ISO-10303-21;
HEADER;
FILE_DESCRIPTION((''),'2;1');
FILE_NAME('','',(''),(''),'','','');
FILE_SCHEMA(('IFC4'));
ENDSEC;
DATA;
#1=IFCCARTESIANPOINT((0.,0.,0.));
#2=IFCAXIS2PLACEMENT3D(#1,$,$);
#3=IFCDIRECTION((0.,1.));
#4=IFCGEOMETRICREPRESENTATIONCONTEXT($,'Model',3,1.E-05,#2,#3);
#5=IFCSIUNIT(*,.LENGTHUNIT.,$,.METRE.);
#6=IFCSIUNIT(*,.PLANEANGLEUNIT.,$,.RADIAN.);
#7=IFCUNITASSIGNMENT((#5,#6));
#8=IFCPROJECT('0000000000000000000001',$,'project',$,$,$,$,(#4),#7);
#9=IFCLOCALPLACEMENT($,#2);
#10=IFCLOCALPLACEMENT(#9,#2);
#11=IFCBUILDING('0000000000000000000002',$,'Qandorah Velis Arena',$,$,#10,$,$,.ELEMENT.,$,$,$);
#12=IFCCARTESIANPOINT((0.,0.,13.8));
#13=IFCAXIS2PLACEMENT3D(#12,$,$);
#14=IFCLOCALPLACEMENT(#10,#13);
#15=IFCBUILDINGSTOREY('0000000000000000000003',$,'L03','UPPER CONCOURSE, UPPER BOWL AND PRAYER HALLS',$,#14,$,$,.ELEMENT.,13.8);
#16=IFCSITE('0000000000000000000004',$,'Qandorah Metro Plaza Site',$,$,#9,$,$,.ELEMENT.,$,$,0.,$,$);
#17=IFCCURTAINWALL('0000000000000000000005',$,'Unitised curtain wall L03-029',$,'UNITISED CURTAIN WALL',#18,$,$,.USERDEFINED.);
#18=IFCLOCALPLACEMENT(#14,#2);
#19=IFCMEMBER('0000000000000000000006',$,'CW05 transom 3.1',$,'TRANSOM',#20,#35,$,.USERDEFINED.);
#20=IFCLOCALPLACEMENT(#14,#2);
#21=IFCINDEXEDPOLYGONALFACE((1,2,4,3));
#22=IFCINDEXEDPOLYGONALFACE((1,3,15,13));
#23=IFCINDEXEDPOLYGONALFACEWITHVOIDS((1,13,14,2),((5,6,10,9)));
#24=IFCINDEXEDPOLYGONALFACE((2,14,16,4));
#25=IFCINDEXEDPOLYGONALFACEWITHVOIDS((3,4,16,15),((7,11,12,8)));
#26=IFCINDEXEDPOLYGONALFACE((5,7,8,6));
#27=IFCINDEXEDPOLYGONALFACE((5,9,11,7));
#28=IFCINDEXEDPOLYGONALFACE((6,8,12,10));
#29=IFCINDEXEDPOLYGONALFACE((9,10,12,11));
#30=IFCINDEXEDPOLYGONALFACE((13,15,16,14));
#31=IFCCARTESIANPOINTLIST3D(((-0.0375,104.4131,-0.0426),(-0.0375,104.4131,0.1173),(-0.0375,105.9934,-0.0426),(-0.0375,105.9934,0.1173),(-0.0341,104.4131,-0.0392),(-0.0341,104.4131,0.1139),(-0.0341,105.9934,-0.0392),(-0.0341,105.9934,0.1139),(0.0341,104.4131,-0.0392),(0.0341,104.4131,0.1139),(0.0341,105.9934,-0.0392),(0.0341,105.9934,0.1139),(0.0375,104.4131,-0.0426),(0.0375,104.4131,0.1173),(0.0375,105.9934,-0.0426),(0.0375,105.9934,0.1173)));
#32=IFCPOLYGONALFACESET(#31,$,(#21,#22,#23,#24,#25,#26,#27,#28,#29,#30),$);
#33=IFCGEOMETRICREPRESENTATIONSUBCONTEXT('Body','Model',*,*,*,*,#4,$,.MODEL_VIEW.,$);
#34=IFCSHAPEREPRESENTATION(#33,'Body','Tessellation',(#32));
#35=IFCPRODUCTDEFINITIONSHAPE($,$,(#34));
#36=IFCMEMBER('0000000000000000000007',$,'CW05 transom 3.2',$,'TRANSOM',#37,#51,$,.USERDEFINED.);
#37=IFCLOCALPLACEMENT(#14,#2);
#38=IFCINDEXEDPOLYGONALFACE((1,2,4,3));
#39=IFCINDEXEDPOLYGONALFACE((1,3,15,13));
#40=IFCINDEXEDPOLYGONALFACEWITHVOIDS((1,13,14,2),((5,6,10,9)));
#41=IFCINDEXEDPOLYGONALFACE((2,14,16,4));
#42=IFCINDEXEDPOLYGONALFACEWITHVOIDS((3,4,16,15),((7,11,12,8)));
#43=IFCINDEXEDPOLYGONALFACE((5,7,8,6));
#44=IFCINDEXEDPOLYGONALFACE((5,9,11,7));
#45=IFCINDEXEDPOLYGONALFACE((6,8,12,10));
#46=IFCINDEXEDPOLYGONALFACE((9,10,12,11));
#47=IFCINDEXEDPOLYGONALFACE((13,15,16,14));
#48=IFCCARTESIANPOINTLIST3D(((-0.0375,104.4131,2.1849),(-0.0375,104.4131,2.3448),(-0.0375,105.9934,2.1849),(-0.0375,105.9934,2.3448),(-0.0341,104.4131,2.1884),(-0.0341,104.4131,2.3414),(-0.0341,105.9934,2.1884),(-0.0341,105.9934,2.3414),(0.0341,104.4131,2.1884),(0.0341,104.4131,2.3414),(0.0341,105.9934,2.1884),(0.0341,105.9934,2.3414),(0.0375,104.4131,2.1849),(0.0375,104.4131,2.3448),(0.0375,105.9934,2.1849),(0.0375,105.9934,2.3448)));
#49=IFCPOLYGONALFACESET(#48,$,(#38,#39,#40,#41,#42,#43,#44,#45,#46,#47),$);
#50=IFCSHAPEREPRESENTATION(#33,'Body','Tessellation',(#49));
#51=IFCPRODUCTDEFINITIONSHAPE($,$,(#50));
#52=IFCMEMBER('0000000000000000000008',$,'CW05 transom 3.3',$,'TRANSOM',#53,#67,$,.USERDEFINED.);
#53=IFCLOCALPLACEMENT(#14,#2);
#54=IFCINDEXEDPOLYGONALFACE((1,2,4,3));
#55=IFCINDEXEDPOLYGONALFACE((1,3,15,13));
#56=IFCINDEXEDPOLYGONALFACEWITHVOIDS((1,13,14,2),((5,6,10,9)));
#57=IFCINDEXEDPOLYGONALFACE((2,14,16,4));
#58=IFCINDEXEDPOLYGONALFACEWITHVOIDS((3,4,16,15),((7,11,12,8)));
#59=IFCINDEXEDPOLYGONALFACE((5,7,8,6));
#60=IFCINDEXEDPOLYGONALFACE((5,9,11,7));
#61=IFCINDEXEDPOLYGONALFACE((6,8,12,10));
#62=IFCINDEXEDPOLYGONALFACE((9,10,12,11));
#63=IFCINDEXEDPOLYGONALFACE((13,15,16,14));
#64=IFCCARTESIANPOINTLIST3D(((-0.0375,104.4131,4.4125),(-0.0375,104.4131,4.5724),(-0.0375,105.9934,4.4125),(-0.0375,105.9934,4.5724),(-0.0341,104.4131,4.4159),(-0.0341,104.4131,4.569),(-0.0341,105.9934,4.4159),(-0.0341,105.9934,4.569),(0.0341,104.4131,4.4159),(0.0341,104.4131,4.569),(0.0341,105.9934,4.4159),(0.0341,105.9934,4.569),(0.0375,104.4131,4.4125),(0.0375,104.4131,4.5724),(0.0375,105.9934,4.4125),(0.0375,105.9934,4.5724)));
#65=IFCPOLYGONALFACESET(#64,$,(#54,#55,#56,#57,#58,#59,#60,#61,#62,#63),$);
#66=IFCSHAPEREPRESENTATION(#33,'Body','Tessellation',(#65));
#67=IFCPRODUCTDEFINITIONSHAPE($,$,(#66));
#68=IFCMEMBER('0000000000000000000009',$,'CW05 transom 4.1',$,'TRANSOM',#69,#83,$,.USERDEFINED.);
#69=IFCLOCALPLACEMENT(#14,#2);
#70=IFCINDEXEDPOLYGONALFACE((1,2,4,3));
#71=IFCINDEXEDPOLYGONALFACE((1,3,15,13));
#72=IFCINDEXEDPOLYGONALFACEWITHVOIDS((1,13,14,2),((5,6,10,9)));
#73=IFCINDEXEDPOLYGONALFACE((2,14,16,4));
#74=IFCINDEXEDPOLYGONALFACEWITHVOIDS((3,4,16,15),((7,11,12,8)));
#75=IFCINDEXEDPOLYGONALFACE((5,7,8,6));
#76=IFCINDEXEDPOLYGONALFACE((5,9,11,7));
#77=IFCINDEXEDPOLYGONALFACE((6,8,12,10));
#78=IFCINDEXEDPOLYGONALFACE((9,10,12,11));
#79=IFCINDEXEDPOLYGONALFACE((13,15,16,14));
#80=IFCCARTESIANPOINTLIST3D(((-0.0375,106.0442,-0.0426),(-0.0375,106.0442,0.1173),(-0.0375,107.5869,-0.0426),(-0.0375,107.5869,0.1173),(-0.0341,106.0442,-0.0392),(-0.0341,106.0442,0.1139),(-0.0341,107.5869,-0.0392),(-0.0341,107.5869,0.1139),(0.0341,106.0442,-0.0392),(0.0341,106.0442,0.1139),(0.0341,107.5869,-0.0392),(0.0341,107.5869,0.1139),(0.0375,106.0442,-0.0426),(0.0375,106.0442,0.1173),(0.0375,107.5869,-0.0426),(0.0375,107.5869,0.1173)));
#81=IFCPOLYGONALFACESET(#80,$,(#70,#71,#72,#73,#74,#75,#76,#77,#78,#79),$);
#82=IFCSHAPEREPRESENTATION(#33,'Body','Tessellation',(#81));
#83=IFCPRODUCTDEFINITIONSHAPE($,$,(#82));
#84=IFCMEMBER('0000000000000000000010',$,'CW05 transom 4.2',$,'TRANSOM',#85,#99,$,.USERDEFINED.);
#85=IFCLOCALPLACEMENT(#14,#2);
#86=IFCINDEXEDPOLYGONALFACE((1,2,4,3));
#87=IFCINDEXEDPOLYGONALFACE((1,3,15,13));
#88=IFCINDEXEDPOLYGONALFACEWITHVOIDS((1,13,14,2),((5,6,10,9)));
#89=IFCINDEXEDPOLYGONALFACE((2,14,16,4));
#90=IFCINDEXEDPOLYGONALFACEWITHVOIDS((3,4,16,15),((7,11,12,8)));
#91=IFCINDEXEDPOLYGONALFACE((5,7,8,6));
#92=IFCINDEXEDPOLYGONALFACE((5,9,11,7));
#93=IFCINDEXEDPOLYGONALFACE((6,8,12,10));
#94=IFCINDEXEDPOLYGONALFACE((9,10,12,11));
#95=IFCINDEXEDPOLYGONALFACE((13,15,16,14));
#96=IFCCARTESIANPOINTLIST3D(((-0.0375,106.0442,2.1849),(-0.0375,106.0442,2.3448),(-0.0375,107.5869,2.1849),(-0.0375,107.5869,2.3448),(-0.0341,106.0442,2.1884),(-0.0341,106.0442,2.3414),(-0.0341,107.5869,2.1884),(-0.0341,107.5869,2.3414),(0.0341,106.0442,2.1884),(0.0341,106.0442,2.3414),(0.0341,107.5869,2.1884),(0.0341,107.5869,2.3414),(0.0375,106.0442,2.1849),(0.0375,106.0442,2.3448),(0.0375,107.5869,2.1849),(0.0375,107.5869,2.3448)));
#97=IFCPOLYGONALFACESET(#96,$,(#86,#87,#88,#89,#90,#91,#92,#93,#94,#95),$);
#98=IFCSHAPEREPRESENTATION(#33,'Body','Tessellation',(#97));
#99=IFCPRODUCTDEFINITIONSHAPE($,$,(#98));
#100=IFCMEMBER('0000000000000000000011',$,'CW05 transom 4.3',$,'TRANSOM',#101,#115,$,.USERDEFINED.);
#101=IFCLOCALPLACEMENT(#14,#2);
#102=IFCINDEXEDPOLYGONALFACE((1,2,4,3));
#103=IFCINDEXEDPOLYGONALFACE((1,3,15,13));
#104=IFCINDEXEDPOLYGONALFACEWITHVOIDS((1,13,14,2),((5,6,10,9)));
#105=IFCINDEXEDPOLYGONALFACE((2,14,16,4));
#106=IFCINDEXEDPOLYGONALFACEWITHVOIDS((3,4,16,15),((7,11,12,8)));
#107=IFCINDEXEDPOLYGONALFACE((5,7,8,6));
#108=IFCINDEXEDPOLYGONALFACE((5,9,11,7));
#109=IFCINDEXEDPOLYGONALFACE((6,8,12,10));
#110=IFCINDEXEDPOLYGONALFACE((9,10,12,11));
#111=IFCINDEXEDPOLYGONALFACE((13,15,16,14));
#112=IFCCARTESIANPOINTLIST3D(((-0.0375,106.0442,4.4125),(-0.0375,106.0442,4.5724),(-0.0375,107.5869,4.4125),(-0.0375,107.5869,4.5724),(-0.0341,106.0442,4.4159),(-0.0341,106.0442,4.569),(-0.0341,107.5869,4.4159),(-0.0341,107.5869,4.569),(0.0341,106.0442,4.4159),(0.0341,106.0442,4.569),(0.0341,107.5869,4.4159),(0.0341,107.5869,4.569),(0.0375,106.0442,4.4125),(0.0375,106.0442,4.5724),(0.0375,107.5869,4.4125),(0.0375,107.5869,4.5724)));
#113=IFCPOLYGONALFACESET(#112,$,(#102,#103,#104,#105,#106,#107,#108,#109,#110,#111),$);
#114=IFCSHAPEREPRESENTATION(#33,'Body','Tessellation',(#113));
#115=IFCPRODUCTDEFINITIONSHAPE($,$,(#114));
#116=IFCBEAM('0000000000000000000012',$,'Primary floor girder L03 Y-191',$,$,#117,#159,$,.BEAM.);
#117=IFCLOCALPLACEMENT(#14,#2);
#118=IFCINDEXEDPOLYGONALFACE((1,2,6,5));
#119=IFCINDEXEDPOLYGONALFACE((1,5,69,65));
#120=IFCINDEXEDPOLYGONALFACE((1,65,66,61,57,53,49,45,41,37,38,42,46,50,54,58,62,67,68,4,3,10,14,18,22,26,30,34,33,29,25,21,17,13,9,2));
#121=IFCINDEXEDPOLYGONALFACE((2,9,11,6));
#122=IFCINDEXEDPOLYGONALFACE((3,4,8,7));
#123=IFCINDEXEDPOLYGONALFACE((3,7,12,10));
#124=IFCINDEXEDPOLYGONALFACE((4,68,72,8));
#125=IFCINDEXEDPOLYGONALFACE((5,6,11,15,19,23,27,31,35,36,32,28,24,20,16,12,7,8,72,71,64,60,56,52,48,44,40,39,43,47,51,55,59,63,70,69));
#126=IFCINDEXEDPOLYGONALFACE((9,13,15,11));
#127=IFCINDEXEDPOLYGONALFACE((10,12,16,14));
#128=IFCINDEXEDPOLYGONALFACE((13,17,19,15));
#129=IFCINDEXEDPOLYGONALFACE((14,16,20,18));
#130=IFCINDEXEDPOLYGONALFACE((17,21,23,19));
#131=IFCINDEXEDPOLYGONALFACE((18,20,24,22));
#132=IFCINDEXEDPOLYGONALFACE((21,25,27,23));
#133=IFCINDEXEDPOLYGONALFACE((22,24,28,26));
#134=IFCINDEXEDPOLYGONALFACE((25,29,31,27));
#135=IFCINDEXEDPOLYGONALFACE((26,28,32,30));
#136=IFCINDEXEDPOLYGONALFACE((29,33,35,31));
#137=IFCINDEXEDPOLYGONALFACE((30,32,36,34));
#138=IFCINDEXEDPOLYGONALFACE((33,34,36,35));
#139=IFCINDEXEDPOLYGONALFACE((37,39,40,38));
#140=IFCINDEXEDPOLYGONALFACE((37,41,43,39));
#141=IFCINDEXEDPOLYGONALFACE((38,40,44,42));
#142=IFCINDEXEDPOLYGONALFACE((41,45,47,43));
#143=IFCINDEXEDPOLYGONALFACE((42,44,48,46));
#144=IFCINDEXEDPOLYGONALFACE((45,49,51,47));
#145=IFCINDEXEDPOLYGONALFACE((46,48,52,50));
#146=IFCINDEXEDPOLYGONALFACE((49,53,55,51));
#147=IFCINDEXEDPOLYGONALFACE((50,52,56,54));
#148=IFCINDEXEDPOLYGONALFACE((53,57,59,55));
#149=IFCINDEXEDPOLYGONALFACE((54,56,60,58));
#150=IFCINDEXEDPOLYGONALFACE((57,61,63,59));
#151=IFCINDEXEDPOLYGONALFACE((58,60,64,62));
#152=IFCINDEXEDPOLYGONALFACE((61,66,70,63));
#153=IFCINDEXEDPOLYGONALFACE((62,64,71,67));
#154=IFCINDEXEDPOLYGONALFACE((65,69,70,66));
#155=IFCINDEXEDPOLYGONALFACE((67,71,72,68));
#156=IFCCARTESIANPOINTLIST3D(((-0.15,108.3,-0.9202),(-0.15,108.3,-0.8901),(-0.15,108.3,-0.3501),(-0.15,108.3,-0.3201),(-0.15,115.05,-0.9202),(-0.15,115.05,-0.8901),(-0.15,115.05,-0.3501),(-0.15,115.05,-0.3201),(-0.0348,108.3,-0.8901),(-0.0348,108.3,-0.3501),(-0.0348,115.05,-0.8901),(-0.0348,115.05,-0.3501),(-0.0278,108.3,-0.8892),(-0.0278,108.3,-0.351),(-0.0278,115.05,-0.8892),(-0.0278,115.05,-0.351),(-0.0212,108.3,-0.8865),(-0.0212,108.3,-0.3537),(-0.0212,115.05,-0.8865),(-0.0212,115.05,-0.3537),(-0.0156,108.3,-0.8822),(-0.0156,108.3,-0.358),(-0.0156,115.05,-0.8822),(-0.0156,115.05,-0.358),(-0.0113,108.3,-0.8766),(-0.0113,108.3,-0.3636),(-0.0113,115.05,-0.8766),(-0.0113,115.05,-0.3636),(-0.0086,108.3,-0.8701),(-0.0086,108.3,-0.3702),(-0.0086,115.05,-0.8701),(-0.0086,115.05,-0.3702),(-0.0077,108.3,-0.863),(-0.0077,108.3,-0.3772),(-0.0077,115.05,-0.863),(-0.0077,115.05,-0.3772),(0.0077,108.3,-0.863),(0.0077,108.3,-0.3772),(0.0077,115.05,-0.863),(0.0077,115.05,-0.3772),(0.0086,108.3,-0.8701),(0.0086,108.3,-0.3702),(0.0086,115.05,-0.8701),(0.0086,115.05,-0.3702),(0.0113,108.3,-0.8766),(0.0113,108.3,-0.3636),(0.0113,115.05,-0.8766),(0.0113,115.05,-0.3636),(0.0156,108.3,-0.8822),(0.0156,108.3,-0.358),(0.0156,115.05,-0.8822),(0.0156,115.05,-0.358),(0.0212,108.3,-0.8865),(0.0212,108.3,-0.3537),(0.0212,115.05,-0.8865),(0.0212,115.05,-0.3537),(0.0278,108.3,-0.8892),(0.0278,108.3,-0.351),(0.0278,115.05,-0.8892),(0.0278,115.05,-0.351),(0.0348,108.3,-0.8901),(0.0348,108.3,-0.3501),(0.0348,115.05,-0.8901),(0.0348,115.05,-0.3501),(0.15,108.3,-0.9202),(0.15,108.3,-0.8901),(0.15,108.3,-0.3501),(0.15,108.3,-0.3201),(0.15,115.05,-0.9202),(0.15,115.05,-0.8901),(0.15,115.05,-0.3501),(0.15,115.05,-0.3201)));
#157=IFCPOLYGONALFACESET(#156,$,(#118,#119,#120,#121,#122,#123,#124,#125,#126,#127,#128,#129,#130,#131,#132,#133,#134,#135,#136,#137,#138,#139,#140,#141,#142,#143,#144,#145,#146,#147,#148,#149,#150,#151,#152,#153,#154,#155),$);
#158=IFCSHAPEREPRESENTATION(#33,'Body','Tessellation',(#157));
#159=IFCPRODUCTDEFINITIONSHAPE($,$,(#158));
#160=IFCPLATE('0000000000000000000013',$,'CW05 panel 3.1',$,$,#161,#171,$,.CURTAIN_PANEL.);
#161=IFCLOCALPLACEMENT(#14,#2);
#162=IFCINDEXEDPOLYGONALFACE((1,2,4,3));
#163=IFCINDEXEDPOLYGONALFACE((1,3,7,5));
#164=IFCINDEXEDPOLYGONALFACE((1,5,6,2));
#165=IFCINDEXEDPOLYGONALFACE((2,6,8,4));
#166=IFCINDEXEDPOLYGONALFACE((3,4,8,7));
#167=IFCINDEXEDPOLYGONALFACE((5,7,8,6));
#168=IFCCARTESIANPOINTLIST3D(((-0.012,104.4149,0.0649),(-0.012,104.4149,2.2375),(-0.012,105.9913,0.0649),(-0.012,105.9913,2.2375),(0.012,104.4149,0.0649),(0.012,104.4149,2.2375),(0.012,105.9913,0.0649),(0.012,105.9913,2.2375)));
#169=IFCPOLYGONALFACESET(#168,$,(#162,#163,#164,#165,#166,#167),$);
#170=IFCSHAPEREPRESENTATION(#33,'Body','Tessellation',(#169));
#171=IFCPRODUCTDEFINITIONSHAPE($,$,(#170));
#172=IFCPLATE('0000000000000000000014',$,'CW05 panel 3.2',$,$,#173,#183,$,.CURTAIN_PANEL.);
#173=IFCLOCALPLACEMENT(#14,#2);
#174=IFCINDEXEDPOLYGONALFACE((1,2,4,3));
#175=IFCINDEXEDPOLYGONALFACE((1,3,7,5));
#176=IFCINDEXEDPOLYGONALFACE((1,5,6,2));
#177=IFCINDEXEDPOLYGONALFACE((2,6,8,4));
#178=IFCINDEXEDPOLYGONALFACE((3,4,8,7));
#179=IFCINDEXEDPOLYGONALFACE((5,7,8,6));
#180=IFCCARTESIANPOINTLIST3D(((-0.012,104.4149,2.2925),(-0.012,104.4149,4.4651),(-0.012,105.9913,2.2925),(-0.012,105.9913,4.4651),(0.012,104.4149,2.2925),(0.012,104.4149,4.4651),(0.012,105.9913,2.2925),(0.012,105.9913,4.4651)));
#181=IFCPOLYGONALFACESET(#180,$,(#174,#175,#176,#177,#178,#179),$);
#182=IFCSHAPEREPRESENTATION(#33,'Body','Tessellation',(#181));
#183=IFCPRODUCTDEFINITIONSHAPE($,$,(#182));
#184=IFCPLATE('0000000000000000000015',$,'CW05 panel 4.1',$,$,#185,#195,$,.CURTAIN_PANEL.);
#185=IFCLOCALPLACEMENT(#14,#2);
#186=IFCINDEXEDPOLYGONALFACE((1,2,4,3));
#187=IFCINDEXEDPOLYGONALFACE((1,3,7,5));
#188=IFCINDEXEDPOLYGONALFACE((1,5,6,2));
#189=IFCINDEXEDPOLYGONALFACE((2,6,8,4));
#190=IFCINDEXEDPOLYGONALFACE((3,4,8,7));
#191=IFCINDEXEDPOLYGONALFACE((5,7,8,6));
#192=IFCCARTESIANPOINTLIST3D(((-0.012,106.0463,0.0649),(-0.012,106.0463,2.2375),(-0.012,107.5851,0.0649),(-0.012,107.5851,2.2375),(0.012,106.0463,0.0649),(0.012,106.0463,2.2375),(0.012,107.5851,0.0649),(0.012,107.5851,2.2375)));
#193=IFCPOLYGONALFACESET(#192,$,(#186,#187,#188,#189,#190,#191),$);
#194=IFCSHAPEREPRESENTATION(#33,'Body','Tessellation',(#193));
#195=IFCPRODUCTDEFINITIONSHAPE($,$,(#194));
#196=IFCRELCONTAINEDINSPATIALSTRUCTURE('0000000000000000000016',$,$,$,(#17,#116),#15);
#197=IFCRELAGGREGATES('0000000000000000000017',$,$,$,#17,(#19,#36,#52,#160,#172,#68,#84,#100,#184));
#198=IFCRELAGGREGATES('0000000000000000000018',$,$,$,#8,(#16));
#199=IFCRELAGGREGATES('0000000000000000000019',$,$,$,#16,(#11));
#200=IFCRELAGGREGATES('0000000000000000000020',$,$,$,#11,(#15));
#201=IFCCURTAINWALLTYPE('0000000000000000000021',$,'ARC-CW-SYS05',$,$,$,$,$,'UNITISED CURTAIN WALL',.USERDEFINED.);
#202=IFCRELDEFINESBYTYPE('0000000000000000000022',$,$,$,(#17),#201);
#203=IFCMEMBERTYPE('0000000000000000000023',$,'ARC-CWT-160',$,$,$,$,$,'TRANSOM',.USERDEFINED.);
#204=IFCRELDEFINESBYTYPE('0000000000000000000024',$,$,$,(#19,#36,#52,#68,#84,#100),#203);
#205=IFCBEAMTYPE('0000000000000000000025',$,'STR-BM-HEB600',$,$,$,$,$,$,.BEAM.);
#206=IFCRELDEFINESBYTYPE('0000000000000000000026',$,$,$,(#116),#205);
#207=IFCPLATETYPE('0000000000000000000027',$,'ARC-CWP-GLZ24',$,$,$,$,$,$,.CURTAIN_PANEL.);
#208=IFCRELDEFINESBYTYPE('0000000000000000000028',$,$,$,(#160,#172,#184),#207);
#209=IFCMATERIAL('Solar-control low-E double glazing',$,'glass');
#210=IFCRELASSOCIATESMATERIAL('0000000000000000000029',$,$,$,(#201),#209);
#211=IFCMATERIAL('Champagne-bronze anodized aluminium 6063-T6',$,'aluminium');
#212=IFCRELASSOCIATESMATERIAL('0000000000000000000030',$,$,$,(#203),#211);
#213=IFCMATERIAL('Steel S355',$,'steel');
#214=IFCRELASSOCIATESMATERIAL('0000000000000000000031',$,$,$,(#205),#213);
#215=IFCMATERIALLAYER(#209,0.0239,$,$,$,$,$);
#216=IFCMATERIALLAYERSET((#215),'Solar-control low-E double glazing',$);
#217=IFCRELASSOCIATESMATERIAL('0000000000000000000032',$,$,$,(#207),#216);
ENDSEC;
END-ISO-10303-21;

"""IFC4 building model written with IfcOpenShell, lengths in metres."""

from ifc_helpers import new_model, si_unit, direction, frame, origin, origin_2d, place, context, subcontext, project, spatial, rectangle, hollow_rectangle, i_section, extrude, material, layer, layer_set, material_profile, profile_set, type_object, element, aggregate, save


model = new_model("IFC4")

# Units and contexts
model_context = context("Model", 3, precision=1e-05, world=origin(), true_north=direction((0.0, 1.0)))
body_context = subcontext(model_context, "Body", "Model", "MODEL_VIEW")
ifc_project = project(units=[si_unit("LENGTHUNIT", "METRE"), si_unit("PLANEANGLEUNIT", "RADIAN")], contexts=[model_context])

# Site, building, storey
site_placement = place(None, origin())
site = spatial("IfcSite", under=ifc_project, at=site_placement, Name="Qandorah Metro Plaza Site", CompositionType="ELEMENT", RefElevation=0.0)
building_placement = place(site_placement, origin())
building = spatial("IfcBuilding", under=site, at=building_placement, Name="Qandorah Velis Arena", CompositionType="ELEMENT")
storey_placement = place(building_placement, frame((0.0, 0.0, 13.8)))
storey = spatial("IfcBuildingStorey", under=building, at=storey_placement, Name="L03", Description="UPPER CONCOURSE, UPPER BOWL AND PRAYER HALLS", CompositionType="ELEMENT", Elevation=13.8)

# Curtain wall
ifc_material_1 = material(Name="Solar-control low-E double glazing", Category="glass")
ifc_material_2 = material(Name="Champagne-bronze anodized aluminium 6063-T6", Category="aluminium")
curtain_wall_type_1 = type_object("IfcCurtainWallType", Name="ARC-CW-SYS05", ElementType="UNITISED CURTAIN WALL", PredefinedType="USERDEFINED", material=ifc_material_1)
curtain_wall_1_placement = place(storey_placement, origin())
curtain_wall_1 = element("IfcCurtainWall", 1, at=curtain_wall_1_placement, inside=storey, type_object=curtain_wall_type_1, Name="Unitised curtain wall L03-029", ObjectType="UNITISED CURTAIN WALL", PredefinedType="USERDEFINED")

# Members
ifc_material_profile_1 = material_profile(ifc_material_2, hollow_rectangle(XDim=0.075, YDim=0.1599, WallThickness=0.0034, at=origin_2d()), Name="ALU TRANSOM 75x160")
ifc_profile_set_1 = profile_set([ifc_material_profile_1], Name="Champagne-bronze anodized aluminium 6063-T6")
member_type_1 = type_object("IfcMemberType", Name="ARC-CWT-160", ElementType="TRANSOM", PredefinedType="USERDEFINED", material=ifc_profile_set_1)
member_1_placement = place(storey_placement, frame((0.0, 104.4131, 0.0374), z_axis=(0.0, 1.0, 0.0), x_axis=(-1.0, 0.0, 0.0)))
member_1 = element("IfcMember", 2, at=member_1_placement, type_object=member_type_1, Name="CW05 transom 3.1", ObjectType="TRANSOM", PredefinedType="USERDEFINED", context=body_context, shape_type="SweptSolid", body=[
    extrude(hollow_rectangle(XDim=0.075, YDim=0.1599, WallThickness=0.0034, at=origin_2d()), origin(), (0.0, 0.0, 1.0), 1.5803),
])
member_2_placement = place(storey_placement, frame((0.0, 104.4131, 2.2649), z_axis=(0.0, 1.0, 0.0), x_axis=(-1.0, 0.0, 0.0)))
member_2 = element("IfcMember", 3, at=member_2_placement, type_object=member_type_1, Name="CW05 transom 3.2", ObjectType="TRANSOM", PredefinedType="USERDEFINED", context=body_context, shape_type="SweptSolid", body=[
    extrude(hollow_rectangle(XDim=0.075, YDim=0.1599, WallThickness=0.0034, at=origin_2d()), origin(), (0.0, 0.0, 1.0), 1.5803),
])
member_3_placement = place(storey_placement, frame((0.0, 104.4131, 4.4924), z_axis=(0.0, 1.0, 0.0), x_axis=(-1.0, 0.0, 0.0)))
member_3 = element("IfcMember", 4, at=member_3_placement, type_object=member_type_1, Name="CW05 transom 3.3", ObjectType="TRANSOM", PredefinedType="USERDEFINED", context=body_context, shape_type="SweptSolid", body=[
    extrude(hollow_rectangle(XDim=0.075, YDim=0.1599, WallThickness=0.0034, at=origin_2d()), origin(), (0.0, 0.0, 1.0), 1.5803),
])
member_4_placement = place(storey_placement, frame((0.0, 106.0442, 0.0374), z_axis=(0.0, 1.0, 0.0), x_axis=(-1.0, 0.0, 0.0)))
member_4 = element("IfcMember", 5, at=member_4_placement, type_object=member_type_1, Name="CW05 transom 4.1", ObjectType="TRANSOM", PredefinedType="USERDEFINED", context=body_context, shape_type="SweptSolid", body=[
    extrude(hollow_rectangle(XDim=0.075, YDim=0.1599, WallThickness=0.0034, at=origin_2d()), origin(), (0.0, 0.0, 1.0), 1.5427),
])
member_5_placement = place(storey_placement, frame((0.0, 106.0442, 2.2649), z_axis=(0.0, 1.0, 0.0), x_axis=(-1.0, 0.0, 0.0)))
member_5 = element("IfcMember", 6, at=member_5_placement, type_object=member_type_1, Name="CW05 transom 4.2", ObjectType="TRANSOM", PredefinedType="USERDEFINED", context=body_context, shape_type="SweptSolid", body=[
    extrude(hollow_rectangle(XDim=0.075, YDim=0.1599, WallThickness=0.0034, at=origin_2d()), origin(), (0.0, 0.0, 1.0), 1.5427),
])
member_6_placement = place(storey_placement, frame((0.0, 106.0442, 4.4924), z_axis=(0.0, 1.0, 0.0), x_axis=(-1.0, 0.0, 0.0)))
member_6 = element("IfcMember", 7, at=member_6_placement, type_object=member_type_1, Name="CW05 transom 4.3", ObjectType="TRANSOM", PredefinedType="USERDEFINED", context=body_context, shape_type="SweptSolid", body=[
    extrude(hollow_rectangle(XDim=0.075, YDim=0.1599, WallThickness=0.0034, at=origin_2d()), origin(), (0.0, 0.0, 1.0), 1.5427),
])

# Beam
ifc_material_3 = material(Name="Steel S355", Category="steel")
ifc_material_profile_2 = material_profile(ifc_material_3, i_section(OverallWidth=0.3, OverallDepth=0.6001, WebThickness=0.0154, FlangeThickness=0.03, FilletRadius=0.0271, at=origin_2d()), Name="HEB 600")
ifc_profile_set_2 = profile_set([ifc_material_profile_2], Name="Steel S355")
beam_type = type_object("IfcBeamType", Name="STR-BM-HEB600", PredefinedType="BEAM", material=ifc_profile_set_2)
beam_placement = place(storey_placement, frame((0.0, 108.3, -0.6201), z_axis=(0.0, 1.0, 0.0), x_axis=(-1.0, 0.0, 0.0)))
element("IfcBeam", 8, at=beam_placement, inside=storey, type_object=beam_type, Name="Primary floor girder L03 Y-191", PredefinedType="BEAM", context=body_context, shape_type="SweptSolid", body=[
    extrude(i_section(OverallWidth=0.3, OverallDepth=0.6001, WebThickness=0.0154, FlangeThickness=0.03, FilletRadius=0.0271, at=origin_2d()), origin(), (0.0, 0.0, 1.0), 6.75),
])

# Plates
ifc_layer_1 = layer(ifc_material_1, 0.0239)
ifc_layer_set_1 = layer_set([ifc_layer_1], Name="Solar-control low-E double glazing")
plate_type_1 = type_object("IfcPlateType", Name="ARC-CWP-GLZ24", PredefinedType="CURTAIN_PANEL", material=ifc_layer_set_1)
plate_1_placement = place(storey_placement, frame((0.0, 105.2031, 0.0649), z_axis=(0.0, 0.0, 1.0), x_axis=(0.0, 1.0, 0.0)))
plate_1 = element("IfcPlate", 9, at=plate_1_placement, type_object=plate_type_1, Name="CW05 panel 3.1", PredefinedType="CURTAIN_PANEL", context=body_context, shape_type="SweptSolid", body=[
    extrude(rectangle(XDim=1.5764, YDim=0.0239, at=origin_2d()), origin(), (0.0, 0.0, 1.0), 2.1726),
])
plate_2_placement = place(storey_placement, frame((0.0, 105.2031, 2.2925), z_axis=(0.0, 0.0, 1.0), x_axis=(0.0, 1.0, 0.0)))
plate_2 = element("IfcPlate", 10, at=plate_2_placement, type_object=plate_type_1, Name="CW05 panel 3.2", PredefinedType="CURTAIN_PANEL", context=body_context, shape_type="SweptSolid", body=[
    extrude(rectangle(XDim=1.5764, YDim=0.0239, at=origin_2d()), origin(), (0.0, 0.0, 1.0), 2.1726),
])
plate_3_placement = place(storey_placement, frame((0.0, 106.8157, 0.0649), z_axis=(0.0, 0.0, 1.0), x_axis=(0.0, 1.0, 0.0)))
plate_3 = element("IfcPlate", 11, at=plate_3_placement, type_object=plate_type_1, Name="CW05 panel 4.1", PredefinedType="CURTAIN_PANEL", context=body_context, shape_type="SweptSolid", body=[
    extrude(rectangle(XDim=1.5388, YDim=0.0239, at=origin_2d()), origin(), (0.0, 0.0, 1.0), 2.1726),
])
aggregate(curtain_wall_1, [member_1, member_2, member_3, plate_1, plate_2, member_4, member_5, member_6, plate_3])

save(model, "model.ifc")
